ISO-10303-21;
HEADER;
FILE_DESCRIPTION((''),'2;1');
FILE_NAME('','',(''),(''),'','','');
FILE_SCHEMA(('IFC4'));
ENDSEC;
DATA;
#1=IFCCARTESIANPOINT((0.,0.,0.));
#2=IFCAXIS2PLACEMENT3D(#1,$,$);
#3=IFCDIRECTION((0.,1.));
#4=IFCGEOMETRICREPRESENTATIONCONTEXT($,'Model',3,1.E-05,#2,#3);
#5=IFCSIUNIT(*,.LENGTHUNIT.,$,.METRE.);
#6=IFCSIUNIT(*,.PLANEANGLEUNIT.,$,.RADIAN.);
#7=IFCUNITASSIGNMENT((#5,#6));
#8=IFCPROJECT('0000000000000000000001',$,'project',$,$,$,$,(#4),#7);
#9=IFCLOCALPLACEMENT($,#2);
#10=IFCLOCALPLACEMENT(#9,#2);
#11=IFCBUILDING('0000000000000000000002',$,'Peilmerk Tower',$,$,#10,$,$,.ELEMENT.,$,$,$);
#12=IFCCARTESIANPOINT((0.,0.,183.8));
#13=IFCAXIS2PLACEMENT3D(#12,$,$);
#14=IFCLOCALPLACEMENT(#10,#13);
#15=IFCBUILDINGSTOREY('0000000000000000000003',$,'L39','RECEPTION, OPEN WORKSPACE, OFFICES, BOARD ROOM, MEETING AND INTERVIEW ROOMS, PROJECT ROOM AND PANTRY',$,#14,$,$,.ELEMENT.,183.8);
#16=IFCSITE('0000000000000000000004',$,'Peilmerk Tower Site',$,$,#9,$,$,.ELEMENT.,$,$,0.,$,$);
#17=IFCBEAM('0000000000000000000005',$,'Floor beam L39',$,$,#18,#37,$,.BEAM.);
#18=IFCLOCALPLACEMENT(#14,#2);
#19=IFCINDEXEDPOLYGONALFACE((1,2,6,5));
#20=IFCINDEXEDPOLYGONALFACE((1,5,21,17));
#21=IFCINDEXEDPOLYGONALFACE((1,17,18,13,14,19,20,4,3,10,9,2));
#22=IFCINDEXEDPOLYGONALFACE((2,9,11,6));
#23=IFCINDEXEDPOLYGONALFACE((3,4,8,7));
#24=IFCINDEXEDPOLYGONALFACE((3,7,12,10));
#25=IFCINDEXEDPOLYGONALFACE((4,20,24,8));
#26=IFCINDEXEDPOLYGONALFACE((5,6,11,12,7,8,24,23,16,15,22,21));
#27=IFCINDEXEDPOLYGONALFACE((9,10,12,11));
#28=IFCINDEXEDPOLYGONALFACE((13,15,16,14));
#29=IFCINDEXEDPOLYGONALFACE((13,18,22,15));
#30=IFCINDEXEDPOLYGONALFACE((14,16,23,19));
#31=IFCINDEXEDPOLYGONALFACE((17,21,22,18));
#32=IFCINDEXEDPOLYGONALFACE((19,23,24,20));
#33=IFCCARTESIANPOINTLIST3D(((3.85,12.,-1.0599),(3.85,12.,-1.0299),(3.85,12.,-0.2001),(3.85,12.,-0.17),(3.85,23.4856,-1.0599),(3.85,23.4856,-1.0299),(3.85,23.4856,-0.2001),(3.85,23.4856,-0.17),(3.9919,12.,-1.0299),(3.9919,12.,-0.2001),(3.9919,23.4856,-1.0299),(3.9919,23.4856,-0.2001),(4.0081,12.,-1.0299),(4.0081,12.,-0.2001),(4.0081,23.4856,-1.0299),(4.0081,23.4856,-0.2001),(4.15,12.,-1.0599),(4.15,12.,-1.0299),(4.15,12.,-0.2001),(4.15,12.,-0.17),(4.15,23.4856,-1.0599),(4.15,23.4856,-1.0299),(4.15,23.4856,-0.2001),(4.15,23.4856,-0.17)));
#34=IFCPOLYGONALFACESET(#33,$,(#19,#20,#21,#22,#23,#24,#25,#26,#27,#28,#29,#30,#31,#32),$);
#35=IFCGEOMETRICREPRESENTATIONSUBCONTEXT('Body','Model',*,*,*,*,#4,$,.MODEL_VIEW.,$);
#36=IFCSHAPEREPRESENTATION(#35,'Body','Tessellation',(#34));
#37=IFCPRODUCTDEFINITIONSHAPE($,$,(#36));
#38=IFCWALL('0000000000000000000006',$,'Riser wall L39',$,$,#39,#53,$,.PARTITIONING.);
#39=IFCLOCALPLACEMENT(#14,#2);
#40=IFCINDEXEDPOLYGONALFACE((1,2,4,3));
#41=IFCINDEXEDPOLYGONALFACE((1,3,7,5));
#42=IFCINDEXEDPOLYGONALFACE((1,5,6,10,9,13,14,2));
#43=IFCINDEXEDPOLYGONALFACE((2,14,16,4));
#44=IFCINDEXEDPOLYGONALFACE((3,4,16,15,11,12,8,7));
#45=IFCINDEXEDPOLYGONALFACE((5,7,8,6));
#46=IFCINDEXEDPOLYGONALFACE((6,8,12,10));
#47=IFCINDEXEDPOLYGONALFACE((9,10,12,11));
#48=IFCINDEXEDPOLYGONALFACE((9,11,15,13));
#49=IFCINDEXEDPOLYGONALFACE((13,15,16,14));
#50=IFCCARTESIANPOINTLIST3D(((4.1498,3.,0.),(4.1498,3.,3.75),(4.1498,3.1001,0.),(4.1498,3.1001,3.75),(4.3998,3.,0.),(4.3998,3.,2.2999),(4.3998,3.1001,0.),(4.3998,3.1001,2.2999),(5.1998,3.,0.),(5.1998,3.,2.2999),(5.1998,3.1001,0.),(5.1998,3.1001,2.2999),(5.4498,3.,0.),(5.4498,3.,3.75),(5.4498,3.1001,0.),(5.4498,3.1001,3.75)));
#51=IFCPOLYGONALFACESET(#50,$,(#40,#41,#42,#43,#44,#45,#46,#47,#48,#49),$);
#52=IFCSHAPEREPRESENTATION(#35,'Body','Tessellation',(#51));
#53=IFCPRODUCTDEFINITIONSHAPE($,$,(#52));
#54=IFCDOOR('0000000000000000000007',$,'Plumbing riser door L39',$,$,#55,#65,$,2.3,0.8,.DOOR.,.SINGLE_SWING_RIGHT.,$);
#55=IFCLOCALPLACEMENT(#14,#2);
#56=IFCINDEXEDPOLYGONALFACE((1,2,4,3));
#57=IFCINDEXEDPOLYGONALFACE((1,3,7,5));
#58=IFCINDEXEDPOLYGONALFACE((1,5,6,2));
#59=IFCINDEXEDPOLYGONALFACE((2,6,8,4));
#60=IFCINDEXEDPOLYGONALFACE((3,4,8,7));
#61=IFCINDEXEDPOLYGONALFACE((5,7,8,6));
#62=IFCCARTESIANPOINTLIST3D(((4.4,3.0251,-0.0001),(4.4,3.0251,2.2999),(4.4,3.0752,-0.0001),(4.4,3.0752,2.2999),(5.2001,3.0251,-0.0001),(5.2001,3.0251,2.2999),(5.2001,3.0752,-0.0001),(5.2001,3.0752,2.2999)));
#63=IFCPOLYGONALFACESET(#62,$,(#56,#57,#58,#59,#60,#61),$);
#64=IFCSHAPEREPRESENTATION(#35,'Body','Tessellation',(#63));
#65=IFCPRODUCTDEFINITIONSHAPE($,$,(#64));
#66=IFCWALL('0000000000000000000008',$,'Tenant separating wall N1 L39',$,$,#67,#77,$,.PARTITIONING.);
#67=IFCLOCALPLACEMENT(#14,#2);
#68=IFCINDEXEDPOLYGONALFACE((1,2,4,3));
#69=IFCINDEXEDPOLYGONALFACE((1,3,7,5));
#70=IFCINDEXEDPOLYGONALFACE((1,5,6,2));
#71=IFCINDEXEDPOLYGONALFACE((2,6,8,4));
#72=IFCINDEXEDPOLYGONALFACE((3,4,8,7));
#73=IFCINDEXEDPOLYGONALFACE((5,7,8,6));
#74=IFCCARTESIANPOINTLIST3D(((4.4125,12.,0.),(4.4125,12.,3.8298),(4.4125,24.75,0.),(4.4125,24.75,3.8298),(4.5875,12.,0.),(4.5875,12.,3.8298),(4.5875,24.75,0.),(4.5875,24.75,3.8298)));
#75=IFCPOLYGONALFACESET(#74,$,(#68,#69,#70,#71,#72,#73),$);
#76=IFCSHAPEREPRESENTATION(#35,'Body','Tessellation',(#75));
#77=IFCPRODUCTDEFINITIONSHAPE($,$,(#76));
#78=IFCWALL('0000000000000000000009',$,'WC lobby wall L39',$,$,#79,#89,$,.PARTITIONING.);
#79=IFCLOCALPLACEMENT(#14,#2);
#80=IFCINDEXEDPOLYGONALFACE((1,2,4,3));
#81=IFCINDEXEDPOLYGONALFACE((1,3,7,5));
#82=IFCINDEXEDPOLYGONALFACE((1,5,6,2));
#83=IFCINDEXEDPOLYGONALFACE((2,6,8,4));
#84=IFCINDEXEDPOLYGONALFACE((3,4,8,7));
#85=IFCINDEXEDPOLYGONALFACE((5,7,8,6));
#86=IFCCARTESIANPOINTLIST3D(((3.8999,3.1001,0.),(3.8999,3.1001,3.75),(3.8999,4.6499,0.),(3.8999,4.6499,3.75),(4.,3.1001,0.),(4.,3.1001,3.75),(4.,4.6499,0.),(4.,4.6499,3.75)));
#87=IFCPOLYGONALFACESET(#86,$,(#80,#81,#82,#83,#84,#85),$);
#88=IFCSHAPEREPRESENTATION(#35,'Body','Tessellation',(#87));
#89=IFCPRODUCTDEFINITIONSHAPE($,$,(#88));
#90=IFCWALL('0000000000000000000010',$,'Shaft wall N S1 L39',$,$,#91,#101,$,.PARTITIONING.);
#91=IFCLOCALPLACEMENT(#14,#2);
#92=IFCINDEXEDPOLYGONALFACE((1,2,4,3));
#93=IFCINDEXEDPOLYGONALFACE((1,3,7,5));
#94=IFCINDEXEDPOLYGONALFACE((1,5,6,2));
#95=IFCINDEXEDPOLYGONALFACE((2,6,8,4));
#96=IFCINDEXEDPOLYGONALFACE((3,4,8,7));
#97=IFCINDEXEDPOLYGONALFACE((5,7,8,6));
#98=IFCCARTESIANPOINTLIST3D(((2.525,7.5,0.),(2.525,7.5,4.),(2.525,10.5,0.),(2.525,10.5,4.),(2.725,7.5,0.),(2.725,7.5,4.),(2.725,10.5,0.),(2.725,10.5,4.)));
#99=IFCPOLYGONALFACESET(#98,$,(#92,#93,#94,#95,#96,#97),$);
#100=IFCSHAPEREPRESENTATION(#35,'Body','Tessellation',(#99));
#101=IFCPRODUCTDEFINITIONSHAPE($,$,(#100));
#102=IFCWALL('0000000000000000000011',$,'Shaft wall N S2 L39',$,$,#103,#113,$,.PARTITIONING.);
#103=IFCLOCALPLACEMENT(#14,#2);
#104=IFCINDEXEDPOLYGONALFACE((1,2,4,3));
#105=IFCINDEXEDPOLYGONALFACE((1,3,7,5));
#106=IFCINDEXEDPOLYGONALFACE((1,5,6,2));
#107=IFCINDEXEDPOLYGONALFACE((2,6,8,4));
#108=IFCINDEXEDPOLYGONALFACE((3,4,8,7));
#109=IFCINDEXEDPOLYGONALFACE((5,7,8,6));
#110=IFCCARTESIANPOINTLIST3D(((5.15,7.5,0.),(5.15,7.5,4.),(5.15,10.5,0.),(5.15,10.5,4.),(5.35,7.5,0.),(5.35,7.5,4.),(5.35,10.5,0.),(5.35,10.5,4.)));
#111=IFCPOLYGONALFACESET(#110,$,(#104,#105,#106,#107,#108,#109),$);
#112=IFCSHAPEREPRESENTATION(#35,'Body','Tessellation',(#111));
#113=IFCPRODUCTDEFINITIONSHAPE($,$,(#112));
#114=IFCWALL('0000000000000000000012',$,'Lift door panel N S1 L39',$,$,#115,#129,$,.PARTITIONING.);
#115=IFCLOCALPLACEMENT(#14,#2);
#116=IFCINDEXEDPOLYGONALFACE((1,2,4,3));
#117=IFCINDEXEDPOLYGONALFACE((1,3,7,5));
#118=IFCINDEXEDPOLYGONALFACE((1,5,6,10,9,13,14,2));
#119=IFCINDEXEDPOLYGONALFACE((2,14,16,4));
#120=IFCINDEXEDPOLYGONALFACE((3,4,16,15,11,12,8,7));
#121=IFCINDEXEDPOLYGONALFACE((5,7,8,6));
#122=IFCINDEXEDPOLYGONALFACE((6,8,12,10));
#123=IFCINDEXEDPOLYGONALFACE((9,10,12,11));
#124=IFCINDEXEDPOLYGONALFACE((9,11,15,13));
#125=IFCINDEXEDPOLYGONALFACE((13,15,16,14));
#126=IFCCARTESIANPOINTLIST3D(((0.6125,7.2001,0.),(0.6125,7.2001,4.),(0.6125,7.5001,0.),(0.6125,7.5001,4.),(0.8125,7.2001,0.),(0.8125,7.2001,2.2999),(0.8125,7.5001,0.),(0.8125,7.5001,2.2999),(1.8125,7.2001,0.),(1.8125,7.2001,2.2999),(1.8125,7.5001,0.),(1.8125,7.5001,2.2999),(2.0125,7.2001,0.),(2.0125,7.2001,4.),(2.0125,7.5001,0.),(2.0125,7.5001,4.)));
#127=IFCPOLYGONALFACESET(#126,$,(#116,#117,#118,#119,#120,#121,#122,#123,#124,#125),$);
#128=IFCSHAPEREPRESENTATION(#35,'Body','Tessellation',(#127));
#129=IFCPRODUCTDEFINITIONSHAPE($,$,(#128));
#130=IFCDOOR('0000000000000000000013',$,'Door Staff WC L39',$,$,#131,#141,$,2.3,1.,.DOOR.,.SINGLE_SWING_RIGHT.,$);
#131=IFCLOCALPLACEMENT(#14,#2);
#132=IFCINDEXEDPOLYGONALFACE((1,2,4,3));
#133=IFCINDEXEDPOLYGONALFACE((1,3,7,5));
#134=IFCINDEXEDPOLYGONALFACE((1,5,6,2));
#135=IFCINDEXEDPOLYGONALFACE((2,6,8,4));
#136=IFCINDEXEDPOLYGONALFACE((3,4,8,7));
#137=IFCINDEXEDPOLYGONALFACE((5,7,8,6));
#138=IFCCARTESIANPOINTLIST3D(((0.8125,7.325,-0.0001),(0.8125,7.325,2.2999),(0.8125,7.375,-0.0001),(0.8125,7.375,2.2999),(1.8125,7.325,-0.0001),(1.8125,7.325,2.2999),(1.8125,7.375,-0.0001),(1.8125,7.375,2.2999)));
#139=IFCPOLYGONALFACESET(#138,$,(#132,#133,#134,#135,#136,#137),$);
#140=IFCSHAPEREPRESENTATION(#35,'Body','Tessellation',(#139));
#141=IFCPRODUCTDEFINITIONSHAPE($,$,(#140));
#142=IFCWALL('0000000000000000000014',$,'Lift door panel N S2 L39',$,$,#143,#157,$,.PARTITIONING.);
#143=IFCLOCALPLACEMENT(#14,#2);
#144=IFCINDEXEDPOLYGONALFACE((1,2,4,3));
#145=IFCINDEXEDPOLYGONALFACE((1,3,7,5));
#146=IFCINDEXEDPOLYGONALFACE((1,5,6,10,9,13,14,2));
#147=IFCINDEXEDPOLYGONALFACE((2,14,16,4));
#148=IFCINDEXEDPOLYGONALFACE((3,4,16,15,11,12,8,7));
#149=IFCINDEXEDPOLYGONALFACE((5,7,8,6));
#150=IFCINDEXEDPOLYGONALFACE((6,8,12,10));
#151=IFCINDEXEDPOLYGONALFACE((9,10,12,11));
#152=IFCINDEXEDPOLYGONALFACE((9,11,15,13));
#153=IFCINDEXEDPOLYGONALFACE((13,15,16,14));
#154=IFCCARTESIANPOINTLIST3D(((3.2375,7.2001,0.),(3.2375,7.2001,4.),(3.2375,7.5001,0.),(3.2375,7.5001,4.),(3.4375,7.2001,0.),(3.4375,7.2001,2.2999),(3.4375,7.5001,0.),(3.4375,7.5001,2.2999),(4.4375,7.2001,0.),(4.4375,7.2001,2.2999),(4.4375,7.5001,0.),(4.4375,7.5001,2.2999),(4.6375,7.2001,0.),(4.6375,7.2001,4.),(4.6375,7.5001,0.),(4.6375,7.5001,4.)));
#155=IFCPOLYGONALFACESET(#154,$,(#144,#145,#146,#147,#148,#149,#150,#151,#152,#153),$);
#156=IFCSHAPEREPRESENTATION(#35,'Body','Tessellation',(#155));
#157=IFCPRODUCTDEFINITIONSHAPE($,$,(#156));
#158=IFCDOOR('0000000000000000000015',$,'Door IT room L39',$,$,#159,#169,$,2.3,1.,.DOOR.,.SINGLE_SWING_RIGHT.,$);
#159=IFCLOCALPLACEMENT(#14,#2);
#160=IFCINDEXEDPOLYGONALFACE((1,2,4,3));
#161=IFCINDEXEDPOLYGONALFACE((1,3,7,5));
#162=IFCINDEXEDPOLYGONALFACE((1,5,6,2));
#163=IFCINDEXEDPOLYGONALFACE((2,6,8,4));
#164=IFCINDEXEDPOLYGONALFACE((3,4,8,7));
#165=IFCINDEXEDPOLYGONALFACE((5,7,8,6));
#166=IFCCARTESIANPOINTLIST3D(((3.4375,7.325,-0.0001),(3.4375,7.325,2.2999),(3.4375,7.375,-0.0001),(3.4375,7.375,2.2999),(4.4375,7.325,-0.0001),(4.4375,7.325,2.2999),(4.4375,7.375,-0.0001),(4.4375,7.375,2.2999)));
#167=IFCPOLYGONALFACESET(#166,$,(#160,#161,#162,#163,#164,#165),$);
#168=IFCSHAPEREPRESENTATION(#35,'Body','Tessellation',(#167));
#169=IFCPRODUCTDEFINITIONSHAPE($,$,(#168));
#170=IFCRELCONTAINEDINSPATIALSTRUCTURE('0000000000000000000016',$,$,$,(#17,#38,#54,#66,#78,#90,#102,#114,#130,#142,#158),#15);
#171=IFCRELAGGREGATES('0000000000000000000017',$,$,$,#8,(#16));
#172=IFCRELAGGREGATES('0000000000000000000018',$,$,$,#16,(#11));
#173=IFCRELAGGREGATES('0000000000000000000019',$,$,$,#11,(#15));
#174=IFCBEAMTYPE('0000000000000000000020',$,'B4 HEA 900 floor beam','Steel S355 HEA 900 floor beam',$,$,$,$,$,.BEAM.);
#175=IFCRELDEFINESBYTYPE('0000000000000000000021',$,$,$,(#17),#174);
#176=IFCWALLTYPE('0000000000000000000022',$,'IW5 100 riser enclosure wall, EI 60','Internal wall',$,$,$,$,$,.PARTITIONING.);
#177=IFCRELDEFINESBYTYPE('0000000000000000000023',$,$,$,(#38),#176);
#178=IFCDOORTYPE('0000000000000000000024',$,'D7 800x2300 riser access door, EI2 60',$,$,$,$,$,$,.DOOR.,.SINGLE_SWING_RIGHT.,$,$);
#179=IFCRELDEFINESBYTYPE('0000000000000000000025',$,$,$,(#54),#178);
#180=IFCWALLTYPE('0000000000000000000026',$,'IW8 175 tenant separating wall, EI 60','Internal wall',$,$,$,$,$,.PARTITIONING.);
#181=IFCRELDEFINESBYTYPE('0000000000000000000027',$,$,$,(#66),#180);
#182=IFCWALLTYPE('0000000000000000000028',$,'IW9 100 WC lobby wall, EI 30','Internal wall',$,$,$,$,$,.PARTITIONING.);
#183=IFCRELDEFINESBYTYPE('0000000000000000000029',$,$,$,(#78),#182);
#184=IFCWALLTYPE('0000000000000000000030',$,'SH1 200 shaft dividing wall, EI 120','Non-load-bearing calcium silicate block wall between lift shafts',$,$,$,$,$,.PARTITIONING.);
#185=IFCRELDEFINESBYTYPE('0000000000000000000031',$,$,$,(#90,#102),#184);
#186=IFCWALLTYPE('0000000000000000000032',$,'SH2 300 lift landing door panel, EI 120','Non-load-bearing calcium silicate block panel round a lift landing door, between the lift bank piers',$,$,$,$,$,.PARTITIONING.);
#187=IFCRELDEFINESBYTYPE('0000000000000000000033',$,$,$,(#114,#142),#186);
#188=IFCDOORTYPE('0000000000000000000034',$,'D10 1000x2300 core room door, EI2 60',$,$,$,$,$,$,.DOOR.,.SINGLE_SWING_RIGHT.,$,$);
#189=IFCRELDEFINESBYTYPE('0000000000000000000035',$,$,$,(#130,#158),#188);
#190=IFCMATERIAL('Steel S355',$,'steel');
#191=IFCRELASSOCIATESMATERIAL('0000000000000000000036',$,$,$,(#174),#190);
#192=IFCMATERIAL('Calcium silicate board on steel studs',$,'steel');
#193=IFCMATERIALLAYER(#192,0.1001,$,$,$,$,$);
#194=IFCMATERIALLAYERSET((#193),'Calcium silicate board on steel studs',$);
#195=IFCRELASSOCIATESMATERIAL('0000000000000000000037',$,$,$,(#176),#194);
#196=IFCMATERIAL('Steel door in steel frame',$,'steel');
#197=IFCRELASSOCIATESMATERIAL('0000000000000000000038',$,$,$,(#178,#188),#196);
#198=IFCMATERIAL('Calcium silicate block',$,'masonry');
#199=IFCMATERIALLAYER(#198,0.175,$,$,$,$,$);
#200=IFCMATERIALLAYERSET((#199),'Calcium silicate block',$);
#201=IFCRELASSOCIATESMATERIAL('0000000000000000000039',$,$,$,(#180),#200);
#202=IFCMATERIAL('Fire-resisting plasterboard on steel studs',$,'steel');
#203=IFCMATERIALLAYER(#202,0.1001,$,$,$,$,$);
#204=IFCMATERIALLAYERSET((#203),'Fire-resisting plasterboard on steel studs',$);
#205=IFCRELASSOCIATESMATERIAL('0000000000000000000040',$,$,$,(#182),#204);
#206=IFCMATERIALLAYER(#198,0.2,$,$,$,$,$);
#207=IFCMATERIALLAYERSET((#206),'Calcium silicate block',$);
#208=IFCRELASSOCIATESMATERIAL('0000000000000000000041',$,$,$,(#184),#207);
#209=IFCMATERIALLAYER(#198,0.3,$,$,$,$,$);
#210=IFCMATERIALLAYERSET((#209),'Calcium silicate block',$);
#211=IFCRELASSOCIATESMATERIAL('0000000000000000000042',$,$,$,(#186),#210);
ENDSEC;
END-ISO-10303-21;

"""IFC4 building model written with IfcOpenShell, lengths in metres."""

from ifc_helpers import new_model, si_unit, direction, frame, frame_2d, origin, origin_2d, place, context, subcontext, project, spatial, rectangle, i_section, extrude, material, layer, layer_set, material_profile, profile_set, type_object, element, fill, save


model = new_model("IFC4")

# Units and contexts
model_context = context("Model", 3, precision=1e-05, world=origin(), true_north=direction((0.0, 1.0)))
body_context = subcontext(model_context, "Body", "Model", "MODEL_VIEW")
ifc_project = project(units=[si_unit("LENGTHUNIT", "METRE"), si_unit("PLANEANGLEUNIT", "RADIAN")], contexts=[model_context])

# Site, building, storey
site_placement = place(None, origin())
site = spatial("IfcSite", under=ifc_project, at=site_placement, Name="Peilmerk Tower Site", CompositionType="ELEMENT", RefElevation=0.0)
building_placement = place(site_placement, origin())
building = spatial("IfcBuilding", under=site, at=building_placement, Name="Peilmerk Tower", CompositionType="ELEMENT")
storey_placement = place(building_placement, frame((0.0, 0.0, 183.8)))
storey = spatial("IfcBuildingStorey", under=building, at=storey_placement, Name="L39", Description="RECEPTION, OPEN WORKSPACE, OFFICES, BOARD ROOM, MEETING AND INTERVIEW ROOMS, PROJECT ROOM AND PANTRY", CompositionType="ELEMENT", Elevation=183.8)

# Beam
ifc_material_1 = material(Name="Steel S355", Category="steel")
ifc_material_profile = material_profile(ifc_material_1, i_section(OverallWidth=0.3, OverallDepth=0.8899, WebThickness=0.0161, FlangeThickness=0.03, at=origin_2d()), Name="HEA 900")
ifc_profile_set = profile_set([ifc_material_profile], Name="Steel S355")
beam_type = type_object("IfcBeamType", Name="B4 HEA 900 floor beam", Description="Steel S355 HEA 900 floor beam", PredefinedType="BEAM", material=ifc_profile_set)
beam_placement = place(storey_placement, frame((4.0, 12.0, -0.615), z_axis=(0.0, 1.0, 0.0), x_axis=(-1.0, 0.0, 0.0)))
element("IfcBeam", 1, at=beam_placement, inside=storey, type_object=beam_type, Name="Floor beam L39", PredefinedType="BEAM", context=body_context, shape_type="SweptSolid", body=[
    extrude(i_section(OverallWidth=0.3, OverallDepth=0.8899, WebThickness=0.0161, FlangeThickness=0.03, at=origin_2d()), origin(), (0.0, 0.0, 1.0), 11.4856),
])

# Wall, opening, door
ifc_material_2 = material(Name="Calcium silicate board on steel studs", Category="steel")
ifc_layer_1 = layer(ifc_material_2, 0.1001)
ifc_layer_set_1 = layer_set([ifc_layer_1], Name="Calcium silicate board on steel studs")
wall_type_1 = type_object("IfcWallType", Name="IW5 100 riser enclosure wall, EI 60", Description="Internal wall", PredefinedType="PARTITIONING", material=ifc_layer_set_1)
wall_1_placement = place(storey_placement, frame((4.1499, 3.05, 0.0), z_axis=(0.0, 0.0, 1.0), x_axis=(1.0, 0.0, 0.0)))
wall_1 = element("IfcWall", 2, at=wall_1_placement, inside=storey, type_object=wall_type_1, Name="Riser wall L39", PredefinedType="PARTITIONING", context=body_context, shape_type="SweptSolid", body=[
    extrude(rectangle(XDim=1.3, YDim=0.1001, at=frame_2d((0.6499, 0.0))), origin(), (0.0, 0.0, 1.0), 3.75),
])
opening_1_placement = place(wall_1_placement, frame((0.25, 0.0, 0.0)))
opening_1 = element("IfcOpeningElement", 3, at=opening_1_placement, cuts=wall_1, PredefinedType="OPENING", context=body_context, shape_type="SweptSolid", body=[
    extrude(rectangle(XDim=0.8, YDim=2.3, at=frame_2d((0.3999, 1.1499))), frame((0.0, 0.0601, 0.0), z_axis=(0.0, -1.0, 0.0), x_axis=(1.0, 0.0, 0.0)), (0.0, 0.0, 1.0), 0.1201),
])
ifc_material_3 = material(Name="Steel door in steel frame", Category="steel")
door_type_1 = type_object("IfcDoorType", Name="D7 800x2300 riser access door, EI2 60", OperationType="SINGLE_SWING_RIGHT", PredefinedType="DOOR", material=ifc_material_3)
door_1_placement = place(opening_1_placement, frame((0.8, 0.0, 0.0), z_axis=(0.0, 0.0, 1.0), x_axis=(-1.0, 0.0, 0.0)))
door_1 = element("IfcDoor", 4, at=door_1_placement, inside=storey, type_object=door_type_1, Name="Plumbing riser door L39", OperationType="SINGLE_SWING_RIGHT", OverallHeight=2.3, OverallWidth=0.8, PredefinedType="DOOR", context=body_context, shape_type="SweptSolid", body=[
    extrude(rectangle(XDim=0.8, YDim=2.3, at=frame_2d((0.3999, 1.1499))), frame((0.0, 0.0249, 0.0), z_axis=(0.0, -1.0, 0.0), x_axis=(1.0, 0.0, 0.0)), (0.0, 0.0, 1.0), 0.05),
])
fill(opening_1, door_1)

# Walls
ifc_material_4 = material(Name="Calcium silicate block", Category="masonry")
ifc_layer_2 = layer(ifc_material_4, 0.175)
ifc_layer_set_2 = layer_set([ifc_layer_2], Name="Calcium silicate block")
wall_type_2 = type_object("IfcWallType", Name="IW8 175 tenant separating wall, EI 60", Description="Internal wall", PredefinedType="PARTITIONING", material=ifc_layer_set_2)
wall_2_placement = place(storey_placement, frame((4.5, 12.0, 0.0), z_axis=(0.0, 0.0, 1.0), x_axis=(0.0, 1.0, 0.0)))
element("IfcWall", 5, at=wall_2_placement, inside=storey, type_object=wall_type_2, Name="Tenant separating wall N1 L39", PredefinedType="PARTITIONING", context=body_context, shape_type="SweptSolid", body=[
    extrude(rectangle(XDim=12.75, YDim=0.175, at=frame_2d((6.375, 0.0))), origin(), (0.0, 0.0, 1.0), 3.8298),
])
ifc_material_5 = material(Name="Fire-resisting plasterboard on steel studs", Category="steel")
ifc_layer_3 = layer(ifc_material_5, 0.1001)
ifc_layer_set_3 = layer_set([ifc_layer_3], Name="Fire-resisting plasterboard on steel studs")
wall_type_3 = type_object("IfcWallType", Name="IW9 100 WC lobby wall, EI 30", Description="Internal wall", PredefinedType="PARTITIONING", material=ifc_layer_set_3)
wall_3_placement = place(storey_placement, frame((3.95, 3.1001, 0.0), z_axis=(0.0, 0.0, 1.0), x_axis=(0.0, 1.0, 0.0)))
element("IfcWall", 6, at=wall_3_placement, inside=storey, type_object=wall_type_3, Name="WC lobby wall L39", PredefinedType="PARTITIONING", context=body_context, shape_type="SweptSolid", body=[
    extrude(rectangle(XDim=1.5498, YDim=0.1001, at=frame_2d((0.7749, 0.0))), origin(), (0.0, 0.0, 1.0), 3.75),
])
ifc_layer_4 = layer(ifc_material_4, 0.2)
ifc_layer_set_4 = layer_set([ifc_layer_4], Name="Calcium silicate block")
wall_type_4 = type_object("IfcWallType", Name="SH1 200 shaft dividing wall, EI 120", Description="Non-load-bearing calcium silicate block wall between lift shafts", PredefinedType="PARTITIONING", material=ifc_layer_set_4)
for number, where, z_axis, x_axis, name in (
    (7, (2.625, 7.5, 0.0), (0.0, 0.0, 1.0), (0.0, 1.0, 0.0), "Shaft wall N S1 L39"),
    (8, (5.25, 7.5, 0.0), (0.0, 0.0, 1.0), (0.0, 1.0, 0.0), "Shaft wall N S2 L39"),
):
    element("IfcWall", number, at=place(storey_placement, frame(where, z_axis=z_axis, x_axis=x_axis)), inside=storey, type_object=wall_type_4, Name=name, PredefinedType="PARTITIONING", context=body_context, shape_type="SweptSolid", body=[
        extrude(rectangle(XDim=3.0, YDim=0.2, at=frame_2d((1.5, 0.0))), origin(), (0.0, 0.0, 1.0), 4.0),
    ])

# Walls, openings, doors
ifc_layer_5 = layer(ifc_material_4, 0.3)
ifc_layer_set_5 = layer_set([ifc_layer_5], Name="Calcium silicate block")
wall_type_5 = type_object("IfcWallType", Name="SH2 300 lift landing door panel, EI 120", Description="Non-load-bearing calcium silicate block panel round a lift landing door, between the lift bank piers", PredefinedType="PARTITIONING", material=ifc_layer_set_5)
wall_4_placement = place(storey_placement, frame((0.6125, 7.3501, 0.0), z_axis=(0.0, 0.0, 1.0), x_axis=(1.0, 0.0, 0.0)))
wall_4 = element("IfcWall", 9, at=wall_4_placement, inside=storey, type_object=wall_type_5, Name="Lift door panel N S1 L39", PredefinedType="PARTITIONING", context=body_context, shape_type="SweptSolid", body=[
    extrude(rectangle(XDim=1.3999, YDim=0.3, at=frame_2d((0.7, 0.0))), origin(), (0.0, 0.0, 1.0), 4.0),
])
opening_2_placement = place(wall_4_placement, frame((0.2, 0.0, 0.0)))
opening_2 = element("IfcOpeningElement", 10, at=opening_2_placement, cuts=wall_4, PredefinedType="OPENING", context=body_context, shape_type="SweptSolid", body=[
    extrude(rectangle(XDim=1.0, YDim=2.3, at=frame_2d((0.5, 1.1499))), frame((0.0, 0.1599, 0.0), z_axis=(0.0, -1.0, 0.0), x_axis=(1.0, 0.0, 0.0)), (0.0, 0.0, 1.0), 0.3201),
])
door_type_2 = type_object("IfcDoorType", Name="D10 1000x2300 core room door, EI2 60", OperationType="SINGLE_SWING_RIGHT", PredefinedType="DOOR", material=ifc_material_3)
door_2_placement = place(opening_2_placement, origin())
door_2 = element("IfcDoor", 11, at=door_2_placement, inside=storey, type_object=door_type_2, Name="Door Staff WC L39", OperationType="SINGLE_SWING_RIGHT", OverallHeight=2.3, OverallWidth=1.0, PredefinedType="DOOR", context=body_context, shape_type="SweptSolid", body=[
    extrude(rectangle(XDim=1.0, YDim=2.3, at=frame_2d((0.5, 1.1499))), frame((0.0, 0.0249, 0.0), z_axis=(0.0, -1.0, 0.0), x_axis=(1.0, 0.0, 0.0)), (0.0, 0.0, 1.0), 0.05),
])
fill(opening_2, door_2)
wall_5_placement = place(storey_placement, frame((3.2375, 7.3501, 0.0), z_axis=(0.0, 0.0, 1.0), x_axis=(1.0, 0.0, 0.0)))
wall_5 = element("IfcWall", 12, at=wall_5_placement, inside=storey, type_object=wall_type_5, Name="Lift door panel N S2 L39", PredefinedType="PARTITIONING", context=body_context, shape_type="SweptSolid", body=[
    extrude(rectangle(XDim=1.3999, YDim=0.3, at=frame_2d((0.7, 0.0))), origin(), (0.0, 0.0, 1.0), 4.0),
])
opening_3_placement = place(wall_5_placement, frame((0.2, 0.0, 0.0)))
opening_3 = element("IfcOpeningElement", 13, at=opening_3_placement, cuts=wall_5, PredefinedType="OPENING", context=body_context, shape_type="SweptSolid", body=[
    extrude(rectangle(XDim=1.0, YDim=2.3, at=frame_2d((0.5, 1.1499))), frame((0.0, 0.1599, 0.0), z_axis=(0.0, -1.0, 0.0), x_axis=(1.0, 0.0, 0.0)), (0.0, 0.0, 1.0), 0.3201),
])
door_3_placement = place(opening_3_placement, origin())
door_3 = element("IfcDoor", 14, at=door_3_placement, inside=storey, type_object=door_type_2, Name="Door IT room L39", OperationType="SINGLE_SWING_RIGHT", OverallHeight=2.3, OverallWidth=1.0, PredefinedType="DOOR", context=body_context, shape_type="SweptSolid", body=[
    extrude(rectangle(XDim=1.0, YDim=2.3, at=frame_2d((0.5, 1.1499))), frame((0.0, 0.0249, 0.0), z_axis=(0.0, -1.0, 0.0), x_axis=(1.0, 0.0, 0.0)), (0.0, 0.0, 1.0), 0.05),
])
fill(opening_3, door_3)

save(model, "model.ifc")
